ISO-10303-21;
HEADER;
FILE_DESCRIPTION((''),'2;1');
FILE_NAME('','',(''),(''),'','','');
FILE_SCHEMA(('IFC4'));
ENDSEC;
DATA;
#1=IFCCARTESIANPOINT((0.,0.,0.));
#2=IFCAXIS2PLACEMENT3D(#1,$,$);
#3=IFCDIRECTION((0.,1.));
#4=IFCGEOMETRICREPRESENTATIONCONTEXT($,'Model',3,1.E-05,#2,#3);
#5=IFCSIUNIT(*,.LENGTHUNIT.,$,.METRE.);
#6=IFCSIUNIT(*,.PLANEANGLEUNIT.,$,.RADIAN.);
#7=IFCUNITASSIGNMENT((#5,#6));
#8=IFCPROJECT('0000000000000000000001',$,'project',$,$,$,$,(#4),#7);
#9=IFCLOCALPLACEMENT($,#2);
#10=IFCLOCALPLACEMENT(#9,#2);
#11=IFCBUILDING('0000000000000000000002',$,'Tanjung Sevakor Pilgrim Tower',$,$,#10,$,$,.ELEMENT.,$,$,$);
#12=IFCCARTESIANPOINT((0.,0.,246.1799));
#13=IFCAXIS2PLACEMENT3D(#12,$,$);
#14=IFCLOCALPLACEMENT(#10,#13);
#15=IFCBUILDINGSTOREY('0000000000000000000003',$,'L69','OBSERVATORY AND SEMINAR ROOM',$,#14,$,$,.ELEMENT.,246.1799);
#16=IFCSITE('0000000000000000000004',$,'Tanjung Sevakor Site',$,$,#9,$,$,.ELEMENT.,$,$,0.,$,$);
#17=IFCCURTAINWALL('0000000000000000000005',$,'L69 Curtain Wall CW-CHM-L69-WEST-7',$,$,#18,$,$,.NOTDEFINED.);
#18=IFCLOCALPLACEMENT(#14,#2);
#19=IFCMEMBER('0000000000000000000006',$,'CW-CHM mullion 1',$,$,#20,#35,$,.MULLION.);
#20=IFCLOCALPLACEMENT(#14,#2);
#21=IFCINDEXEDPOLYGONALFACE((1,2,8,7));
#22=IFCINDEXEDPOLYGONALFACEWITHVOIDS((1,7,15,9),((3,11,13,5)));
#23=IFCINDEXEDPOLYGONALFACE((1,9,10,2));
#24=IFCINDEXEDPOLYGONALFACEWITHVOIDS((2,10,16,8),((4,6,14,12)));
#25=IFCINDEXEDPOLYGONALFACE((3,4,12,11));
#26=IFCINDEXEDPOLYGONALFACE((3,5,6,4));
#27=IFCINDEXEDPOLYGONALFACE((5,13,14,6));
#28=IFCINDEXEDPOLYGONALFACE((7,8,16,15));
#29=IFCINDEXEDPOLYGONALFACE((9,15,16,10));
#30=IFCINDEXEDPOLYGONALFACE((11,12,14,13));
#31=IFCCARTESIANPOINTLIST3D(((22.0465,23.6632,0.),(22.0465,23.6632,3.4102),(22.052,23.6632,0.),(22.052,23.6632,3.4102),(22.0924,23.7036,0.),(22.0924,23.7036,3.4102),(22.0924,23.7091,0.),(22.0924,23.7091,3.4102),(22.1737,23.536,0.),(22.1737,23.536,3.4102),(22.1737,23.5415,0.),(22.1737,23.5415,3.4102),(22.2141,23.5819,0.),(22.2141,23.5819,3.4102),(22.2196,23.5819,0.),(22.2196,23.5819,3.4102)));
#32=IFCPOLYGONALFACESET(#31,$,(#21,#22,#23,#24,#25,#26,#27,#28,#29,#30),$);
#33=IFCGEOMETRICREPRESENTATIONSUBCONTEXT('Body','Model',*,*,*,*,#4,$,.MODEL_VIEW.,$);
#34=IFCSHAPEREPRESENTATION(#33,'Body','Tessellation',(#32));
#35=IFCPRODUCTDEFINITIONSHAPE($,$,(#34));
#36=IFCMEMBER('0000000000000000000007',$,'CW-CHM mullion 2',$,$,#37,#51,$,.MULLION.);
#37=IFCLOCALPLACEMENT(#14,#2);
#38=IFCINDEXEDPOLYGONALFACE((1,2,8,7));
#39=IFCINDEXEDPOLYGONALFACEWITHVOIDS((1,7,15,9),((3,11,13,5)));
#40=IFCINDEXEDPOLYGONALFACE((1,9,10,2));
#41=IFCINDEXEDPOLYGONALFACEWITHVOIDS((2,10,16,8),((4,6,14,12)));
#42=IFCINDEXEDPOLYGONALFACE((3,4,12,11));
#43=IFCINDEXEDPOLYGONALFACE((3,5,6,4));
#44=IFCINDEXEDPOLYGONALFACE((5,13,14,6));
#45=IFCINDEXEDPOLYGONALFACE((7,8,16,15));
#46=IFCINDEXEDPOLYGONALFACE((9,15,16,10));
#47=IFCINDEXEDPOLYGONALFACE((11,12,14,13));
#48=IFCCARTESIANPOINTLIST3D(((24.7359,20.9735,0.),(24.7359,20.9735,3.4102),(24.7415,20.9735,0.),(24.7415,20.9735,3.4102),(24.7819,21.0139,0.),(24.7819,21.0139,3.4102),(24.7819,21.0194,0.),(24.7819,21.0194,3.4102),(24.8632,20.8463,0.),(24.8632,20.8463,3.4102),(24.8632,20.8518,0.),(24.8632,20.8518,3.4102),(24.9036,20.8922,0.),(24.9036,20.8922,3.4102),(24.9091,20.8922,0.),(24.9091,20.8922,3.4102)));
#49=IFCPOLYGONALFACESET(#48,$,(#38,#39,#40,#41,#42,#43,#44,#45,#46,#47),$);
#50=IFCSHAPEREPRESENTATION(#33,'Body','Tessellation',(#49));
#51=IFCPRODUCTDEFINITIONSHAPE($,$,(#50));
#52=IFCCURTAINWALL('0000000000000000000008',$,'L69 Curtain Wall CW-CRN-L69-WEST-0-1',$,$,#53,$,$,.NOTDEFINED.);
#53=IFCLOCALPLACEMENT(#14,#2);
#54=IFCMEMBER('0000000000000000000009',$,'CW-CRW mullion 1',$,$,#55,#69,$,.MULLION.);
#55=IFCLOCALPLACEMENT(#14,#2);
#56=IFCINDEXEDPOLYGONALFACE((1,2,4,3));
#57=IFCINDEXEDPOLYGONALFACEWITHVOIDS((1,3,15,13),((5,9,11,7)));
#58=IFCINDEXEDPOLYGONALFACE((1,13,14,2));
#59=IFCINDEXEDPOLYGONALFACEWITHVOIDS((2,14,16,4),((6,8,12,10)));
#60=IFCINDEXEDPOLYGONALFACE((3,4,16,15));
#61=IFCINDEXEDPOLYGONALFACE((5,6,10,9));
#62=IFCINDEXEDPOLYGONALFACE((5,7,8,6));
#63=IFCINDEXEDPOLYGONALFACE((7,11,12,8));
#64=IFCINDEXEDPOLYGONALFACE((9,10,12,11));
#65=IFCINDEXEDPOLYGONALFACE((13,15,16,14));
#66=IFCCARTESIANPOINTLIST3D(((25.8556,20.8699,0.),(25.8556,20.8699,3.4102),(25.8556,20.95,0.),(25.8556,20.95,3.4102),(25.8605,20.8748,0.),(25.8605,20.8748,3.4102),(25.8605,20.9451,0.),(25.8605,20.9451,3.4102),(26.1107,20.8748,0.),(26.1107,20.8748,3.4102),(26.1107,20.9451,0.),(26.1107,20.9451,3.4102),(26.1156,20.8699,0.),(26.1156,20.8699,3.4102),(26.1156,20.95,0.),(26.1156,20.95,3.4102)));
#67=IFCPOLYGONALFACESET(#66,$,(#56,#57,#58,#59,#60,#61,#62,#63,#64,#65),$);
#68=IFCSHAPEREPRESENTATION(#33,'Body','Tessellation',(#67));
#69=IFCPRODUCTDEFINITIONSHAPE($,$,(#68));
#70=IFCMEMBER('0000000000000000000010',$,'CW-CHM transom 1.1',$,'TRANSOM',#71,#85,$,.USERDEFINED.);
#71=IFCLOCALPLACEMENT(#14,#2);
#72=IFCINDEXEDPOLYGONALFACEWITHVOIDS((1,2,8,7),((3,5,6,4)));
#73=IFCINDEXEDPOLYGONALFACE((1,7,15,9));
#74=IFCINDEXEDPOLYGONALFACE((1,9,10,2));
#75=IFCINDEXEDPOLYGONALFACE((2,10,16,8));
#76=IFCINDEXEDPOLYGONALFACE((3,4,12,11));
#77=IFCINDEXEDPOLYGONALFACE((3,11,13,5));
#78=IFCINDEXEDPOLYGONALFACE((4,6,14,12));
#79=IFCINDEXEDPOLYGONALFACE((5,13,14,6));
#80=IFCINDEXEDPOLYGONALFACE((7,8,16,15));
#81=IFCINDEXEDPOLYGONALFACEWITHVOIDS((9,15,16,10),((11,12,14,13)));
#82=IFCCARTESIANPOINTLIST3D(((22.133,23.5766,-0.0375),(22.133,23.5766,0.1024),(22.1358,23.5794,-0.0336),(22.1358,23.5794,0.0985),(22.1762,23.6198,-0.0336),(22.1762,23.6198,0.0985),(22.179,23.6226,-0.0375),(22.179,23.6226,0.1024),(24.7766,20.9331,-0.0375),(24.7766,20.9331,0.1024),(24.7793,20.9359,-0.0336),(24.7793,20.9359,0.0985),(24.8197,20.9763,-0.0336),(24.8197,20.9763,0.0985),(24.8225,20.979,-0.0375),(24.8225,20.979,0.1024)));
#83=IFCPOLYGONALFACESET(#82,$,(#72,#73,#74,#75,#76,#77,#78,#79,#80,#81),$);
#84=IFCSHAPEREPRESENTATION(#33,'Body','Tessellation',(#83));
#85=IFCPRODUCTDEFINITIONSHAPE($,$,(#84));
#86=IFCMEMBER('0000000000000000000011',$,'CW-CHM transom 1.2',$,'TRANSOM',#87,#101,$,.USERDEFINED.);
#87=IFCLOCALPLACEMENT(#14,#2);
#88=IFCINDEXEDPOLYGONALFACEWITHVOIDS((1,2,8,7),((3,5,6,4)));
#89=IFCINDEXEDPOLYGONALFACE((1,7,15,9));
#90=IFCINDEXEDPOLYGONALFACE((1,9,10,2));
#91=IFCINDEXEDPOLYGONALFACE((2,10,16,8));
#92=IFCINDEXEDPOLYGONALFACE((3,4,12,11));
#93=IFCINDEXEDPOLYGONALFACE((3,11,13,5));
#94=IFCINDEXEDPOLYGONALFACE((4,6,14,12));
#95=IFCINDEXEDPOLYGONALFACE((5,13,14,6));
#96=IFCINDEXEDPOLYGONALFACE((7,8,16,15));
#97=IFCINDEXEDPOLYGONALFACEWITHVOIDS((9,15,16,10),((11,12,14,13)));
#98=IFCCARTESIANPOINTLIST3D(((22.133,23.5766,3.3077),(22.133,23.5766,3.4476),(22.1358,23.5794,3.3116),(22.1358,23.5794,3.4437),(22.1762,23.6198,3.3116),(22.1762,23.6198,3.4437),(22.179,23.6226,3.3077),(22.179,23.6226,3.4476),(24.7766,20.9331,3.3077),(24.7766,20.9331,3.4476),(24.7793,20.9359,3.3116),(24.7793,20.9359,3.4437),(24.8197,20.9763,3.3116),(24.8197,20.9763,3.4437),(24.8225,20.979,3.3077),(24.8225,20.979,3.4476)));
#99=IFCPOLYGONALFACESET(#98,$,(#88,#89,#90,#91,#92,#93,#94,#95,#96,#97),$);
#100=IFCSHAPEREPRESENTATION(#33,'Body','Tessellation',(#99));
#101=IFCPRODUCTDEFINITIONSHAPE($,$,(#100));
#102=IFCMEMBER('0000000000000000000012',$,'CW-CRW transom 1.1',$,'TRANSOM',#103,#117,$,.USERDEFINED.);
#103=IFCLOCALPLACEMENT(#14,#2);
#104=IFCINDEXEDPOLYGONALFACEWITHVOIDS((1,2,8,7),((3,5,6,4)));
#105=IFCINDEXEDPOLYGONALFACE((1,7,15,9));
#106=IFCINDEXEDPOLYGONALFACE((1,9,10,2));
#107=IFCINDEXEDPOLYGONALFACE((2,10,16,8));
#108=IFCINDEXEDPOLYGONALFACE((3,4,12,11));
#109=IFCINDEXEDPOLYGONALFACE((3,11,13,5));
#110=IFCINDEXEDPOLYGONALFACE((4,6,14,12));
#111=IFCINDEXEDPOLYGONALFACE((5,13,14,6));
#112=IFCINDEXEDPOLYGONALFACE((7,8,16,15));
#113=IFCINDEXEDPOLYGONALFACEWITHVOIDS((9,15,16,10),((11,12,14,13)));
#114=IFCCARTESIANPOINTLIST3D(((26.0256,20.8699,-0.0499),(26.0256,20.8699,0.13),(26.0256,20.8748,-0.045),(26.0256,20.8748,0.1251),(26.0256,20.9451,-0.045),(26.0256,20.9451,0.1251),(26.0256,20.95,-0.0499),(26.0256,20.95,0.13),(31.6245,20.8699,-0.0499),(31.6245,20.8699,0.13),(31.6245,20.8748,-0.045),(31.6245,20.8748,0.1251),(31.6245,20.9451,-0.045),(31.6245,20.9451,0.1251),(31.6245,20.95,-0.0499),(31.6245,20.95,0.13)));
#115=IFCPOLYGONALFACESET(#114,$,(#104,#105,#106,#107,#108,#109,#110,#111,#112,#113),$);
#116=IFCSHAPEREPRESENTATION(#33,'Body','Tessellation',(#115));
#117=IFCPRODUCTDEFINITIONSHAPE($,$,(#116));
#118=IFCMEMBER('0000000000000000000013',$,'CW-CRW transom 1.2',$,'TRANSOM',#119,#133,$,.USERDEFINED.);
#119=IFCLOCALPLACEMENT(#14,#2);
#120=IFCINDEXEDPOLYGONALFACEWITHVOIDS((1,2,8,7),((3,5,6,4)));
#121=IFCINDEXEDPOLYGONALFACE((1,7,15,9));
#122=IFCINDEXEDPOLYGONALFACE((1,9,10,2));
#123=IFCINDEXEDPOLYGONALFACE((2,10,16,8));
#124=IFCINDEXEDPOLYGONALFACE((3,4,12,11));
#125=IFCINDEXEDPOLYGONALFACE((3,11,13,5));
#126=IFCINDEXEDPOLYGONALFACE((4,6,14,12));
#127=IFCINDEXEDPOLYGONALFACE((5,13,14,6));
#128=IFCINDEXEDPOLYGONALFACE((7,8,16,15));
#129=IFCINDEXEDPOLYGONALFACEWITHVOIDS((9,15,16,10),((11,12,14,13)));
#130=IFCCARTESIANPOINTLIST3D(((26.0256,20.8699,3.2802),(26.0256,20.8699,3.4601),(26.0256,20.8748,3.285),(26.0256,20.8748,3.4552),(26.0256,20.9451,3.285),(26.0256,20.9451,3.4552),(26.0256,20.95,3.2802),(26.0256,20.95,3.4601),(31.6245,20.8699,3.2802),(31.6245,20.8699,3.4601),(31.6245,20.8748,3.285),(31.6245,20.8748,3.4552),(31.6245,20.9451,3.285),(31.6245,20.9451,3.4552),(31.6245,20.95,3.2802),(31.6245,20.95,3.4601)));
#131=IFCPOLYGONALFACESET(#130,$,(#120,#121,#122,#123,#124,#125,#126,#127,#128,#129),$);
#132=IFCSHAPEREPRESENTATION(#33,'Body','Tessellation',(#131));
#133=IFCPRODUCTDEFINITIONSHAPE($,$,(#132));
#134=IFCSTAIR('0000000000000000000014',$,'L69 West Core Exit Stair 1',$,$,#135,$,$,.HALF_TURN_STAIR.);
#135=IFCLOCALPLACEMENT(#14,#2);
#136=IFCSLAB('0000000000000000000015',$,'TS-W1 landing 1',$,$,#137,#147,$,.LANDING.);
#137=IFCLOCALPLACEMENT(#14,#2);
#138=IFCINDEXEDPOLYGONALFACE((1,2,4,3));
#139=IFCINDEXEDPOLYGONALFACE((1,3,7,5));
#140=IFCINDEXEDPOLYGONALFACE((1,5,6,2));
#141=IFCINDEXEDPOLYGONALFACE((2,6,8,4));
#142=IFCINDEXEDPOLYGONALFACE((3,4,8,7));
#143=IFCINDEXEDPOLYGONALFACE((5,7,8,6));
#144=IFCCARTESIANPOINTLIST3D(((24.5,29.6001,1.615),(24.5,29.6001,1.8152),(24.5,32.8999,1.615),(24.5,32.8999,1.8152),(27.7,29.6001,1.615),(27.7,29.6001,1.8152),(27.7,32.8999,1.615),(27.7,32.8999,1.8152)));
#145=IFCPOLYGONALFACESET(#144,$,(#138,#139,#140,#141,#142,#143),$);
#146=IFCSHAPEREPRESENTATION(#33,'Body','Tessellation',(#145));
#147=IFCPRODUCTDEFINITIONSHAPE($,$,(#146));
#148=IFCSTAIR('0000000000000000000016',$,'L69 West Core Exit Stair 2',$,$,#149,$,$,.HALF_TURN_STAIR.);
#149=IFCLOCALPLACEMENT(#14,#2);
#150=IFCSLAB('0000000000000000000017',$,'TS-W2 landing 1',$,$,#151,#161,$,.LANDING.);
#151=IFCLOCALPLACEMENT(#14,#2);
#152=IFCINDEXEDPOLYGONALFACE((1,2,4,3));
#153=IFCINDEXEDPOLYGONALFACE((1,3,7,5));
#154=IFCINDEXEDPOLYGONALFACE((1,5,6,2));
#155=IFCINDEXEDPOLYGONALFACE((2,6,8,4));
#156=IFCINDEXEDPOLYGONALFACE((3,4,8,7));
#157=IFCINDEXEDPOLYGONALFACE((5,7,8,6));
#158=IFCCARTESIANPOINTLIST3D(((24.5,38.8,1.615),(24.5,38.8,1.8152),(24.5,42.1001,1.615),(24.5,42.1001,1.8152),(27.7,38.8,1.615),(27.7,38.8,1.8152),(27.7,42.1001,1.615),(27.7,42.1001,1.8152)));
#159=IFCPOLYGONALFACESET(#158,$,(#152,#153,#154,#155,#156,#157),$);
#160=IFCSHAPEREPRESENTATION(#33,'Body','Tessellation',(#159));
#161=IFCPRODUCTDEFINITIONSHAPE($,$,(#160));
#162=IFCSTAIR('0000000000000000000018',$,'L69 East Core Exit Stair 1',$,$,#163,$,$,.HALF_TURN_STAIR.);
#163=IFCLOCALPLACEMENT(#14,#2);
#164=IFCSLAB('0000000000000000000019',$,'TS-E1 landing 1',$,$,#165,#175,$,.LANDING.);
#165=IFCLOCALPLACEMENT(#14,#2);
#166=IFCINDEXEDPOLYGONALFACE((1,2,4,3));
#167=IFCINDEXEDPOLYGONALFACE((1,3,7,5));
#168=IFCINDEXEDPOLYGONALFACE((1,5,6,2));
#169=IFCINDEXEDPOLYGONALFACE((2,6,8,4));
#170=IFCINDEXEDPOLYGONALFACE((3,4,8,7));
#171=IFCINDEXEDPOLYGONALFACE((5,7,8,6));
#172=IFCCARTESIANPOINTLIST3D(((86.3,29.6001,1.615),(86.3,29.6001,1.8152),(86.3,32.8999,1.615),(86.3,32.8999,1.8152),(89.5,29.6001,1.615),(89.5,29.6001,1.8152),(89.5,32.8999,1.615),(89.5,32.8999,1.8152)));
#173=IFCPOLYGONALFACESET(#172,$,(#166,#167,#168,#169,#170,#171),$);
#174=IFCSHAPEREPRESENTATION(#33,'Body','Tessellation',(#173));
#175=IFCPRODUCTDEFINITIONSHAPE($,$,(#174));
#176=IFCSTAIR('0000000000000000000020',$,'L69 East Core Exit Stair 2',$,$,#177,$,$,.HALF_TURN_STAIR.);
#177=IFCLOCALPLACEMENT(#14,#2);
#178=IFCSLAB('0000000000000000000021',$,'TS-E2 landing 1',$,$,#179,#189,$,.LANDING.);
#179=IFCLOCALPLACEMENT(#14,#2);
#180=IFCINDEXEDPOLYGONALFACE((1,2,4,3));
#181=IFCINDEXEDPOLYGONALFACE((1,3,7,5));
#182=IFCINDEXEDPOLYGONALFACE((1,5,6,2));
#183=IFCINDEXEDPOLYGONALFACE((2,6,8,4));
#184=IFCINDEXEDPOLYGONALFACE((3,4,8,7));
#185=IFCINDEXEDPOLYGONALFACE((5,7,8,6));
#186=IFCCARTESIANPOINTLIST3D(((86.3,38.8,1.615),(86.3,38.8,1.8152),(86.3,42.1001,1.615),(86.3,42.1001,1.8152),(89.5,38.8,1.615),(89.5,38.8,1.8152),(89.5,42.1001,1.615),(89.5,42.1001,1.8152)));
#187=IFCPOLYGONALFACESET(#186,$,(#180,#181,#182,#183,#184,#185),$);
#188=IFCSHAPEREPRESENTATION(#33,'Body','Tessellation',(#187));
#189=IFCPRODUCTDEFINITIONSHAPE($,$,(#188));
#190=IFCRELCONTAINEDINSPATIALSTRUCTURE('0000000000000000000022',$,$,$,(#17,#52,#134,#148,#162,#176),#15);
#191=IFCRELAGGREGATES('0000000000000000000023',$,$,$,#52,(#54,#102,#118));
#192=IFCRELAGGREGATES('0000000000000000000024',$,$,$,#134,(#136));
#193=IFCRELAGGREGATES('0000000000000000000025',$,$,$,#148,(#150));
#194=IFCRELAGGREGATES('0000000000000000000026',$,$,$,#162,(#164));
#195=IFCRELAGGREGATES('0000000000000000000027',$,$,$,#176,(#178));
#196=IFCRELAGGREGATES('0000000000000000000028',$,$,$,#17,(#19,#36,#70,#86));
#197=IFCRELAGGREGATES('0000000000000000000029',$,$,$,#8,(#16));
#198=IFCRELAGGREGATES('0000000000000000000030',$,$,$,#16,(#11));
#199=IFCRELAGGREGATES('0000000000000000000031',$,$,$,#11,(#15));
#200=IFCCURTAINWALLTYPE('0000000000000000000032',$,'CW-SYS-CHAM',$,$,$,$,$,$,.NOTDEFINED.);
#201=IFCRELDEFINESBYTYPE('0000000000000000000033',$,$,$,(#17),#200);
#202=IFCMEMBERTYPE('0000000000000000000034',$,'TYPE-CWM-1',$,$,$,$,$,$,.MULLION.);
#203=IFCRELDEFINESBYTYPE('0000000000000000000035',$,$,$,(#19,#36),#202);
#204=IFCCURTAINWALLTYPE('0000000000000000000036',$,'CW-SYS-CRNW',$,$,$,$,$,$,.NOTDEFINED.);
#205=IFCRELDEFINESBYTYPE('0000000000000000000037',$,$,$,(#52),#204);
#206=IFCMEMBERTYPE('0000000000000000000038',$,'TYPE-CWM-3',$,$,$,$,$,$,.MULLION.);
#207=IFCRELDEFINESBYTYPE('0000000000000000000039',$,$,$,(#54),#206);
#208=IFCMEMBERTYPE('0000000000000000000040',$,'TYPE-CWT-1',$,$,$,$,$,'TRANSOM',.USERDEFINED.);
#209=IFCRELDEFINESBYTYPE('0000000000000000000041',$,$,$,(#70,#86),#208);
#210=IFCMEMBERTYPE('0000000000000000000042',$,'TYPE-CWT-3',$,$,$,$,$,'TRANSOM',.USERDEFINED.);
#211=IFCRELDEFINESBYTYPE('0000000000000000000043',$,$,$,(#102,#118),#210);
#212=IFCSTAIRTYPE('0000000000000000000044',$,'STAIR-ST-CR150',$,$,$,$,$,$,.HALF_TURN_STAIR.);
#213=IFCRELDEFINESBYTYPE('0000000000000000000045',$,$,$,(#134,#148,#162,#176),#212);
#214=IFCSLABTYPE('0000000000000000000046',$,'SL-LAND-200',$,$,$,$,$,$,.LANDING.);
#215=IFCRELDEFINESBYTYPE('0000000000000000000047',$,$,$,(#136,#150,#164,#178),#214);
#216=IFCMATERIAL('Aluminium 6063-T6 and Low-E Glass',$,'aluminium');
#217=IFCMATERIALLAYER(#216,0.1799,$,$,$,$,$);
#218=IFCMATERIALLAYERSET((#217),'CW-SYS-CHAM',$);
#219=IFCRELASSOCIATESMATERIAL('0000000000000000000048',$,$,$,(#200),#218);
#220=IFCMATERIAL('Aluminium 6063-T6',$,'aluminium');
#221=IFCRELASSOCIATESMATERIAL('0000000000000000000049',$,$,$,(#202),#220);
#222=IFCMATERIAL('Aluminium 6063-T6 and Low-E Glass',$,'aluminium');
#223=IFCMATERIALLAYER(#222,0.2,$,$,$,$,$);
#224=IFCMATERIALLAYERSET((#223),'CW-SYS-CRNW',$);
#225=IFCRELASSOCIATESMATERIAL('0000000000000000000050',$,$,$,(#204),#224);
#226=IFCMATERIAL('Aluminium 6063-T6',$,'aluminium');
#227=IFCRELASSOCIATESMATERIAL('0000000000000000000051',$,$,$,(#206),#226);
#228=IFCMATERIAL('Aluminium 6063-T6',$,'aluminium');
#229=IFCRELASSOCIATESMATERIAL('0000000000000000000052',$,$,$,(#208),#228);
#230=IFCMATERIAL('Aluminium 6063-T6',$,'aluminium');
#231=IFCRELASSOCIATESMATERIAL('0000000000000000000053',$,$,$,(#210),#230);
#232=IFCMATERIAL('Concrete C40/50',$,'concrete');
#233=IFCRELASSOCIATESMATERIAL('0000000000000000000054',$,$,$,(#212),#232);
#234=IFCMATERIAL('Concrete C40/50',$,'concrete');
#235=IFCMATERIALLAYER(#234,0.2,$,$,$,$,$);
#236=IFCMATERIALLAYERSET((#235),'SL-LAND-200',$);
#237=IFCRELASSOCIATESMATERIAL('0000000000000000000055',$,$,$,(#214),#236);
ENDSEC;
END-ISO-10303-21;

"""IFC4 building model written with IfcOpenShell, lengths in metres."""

from ifc_helpers import new_model, si_unit, direction, frame, origin, origin_2d, place, context, subcontext, project, spatial, polyline, hollow_rectangle, outline, extrude, material, layer, layer_set, material_profile, profile_set, type_object, element, aggregate, save


model = new_model("IFC4")

# Units and contexts
model_context = context("Model", 3, precision=1e-05, world=origin(), true_north=direction((0.0, 1.0)))
body_context = subcontext(model_context, "Body", "Model", "MODEL_VIEW")
ifc_project = project(units=[si_unit("LENGTHUNIT", "METRE"), si_unit("PLANEANGLEUNIT", "RADIAN")], contexts=[model_context])

# Site, building, storey
site_placement = place(None, origin())
site = spatial("IfcSite", under=ifc_project, at=site_placement, Name="Tanjung Sevakor Site", CompositionType="ELEMENT", RefElevation=0.0)
building_placement = place(site_placement, origin())
building = spatial("IfcBuilding", under=site, at=building_placement, Name="Tanjung Sevakor Pilgrim Tower", CompositionType="ELEMENT")
storey_placement = place(building_placement, frame((0.0, 0.0, 246.1799)))
storey = spatial("IfcBuildingStorey", under=building, at=storey_placement, Name="L69", Description="OBSERVATORY AND SEMINAR ROOM", CompositionType="ELEMENT", Elevation=246.1799)

# Curtain wall, members
ifc_material_1 = material(Name="Aluminium 6063-T6 and Low-E Glass", Category="aluminium")
ifc_layer_1 = layer(ifc_material_1, 0.1799)
ifc_layer_set_1 = layer_set([ifc_layer_1], Name="CW-SYS-CHAM")
curtain_wall_type_1 = type_object("IfcCurtainWallType", Name="CW-SYS-CHAM", PredefinedType="NOTDEFINED", material=ifc_layer_set_1)
curtain_wall_1_placement = place(storey_placement, origin())
curtain_wall_1 = element("IfcCurtainWall", 1, at=curtain_wall_1_placement, inside=storey, type_object=curtain_wall_type_1, Name="L69 Curtain Wall CW-CHM-L69-WEST-7", PredefinedType="NOTDEFINED")
ifc_material_2 = material(Name="Aluminium 6063-T6", Category="aluminium")
ifc_material_profile_1 = material_profile(ifc_material_2, hollow_rectangle(XDim=0.0649, YDim=0.1799, WallThickness=0.0039, at=origin_2d()))
ifc_profile_set_1 = profile_set([ifc_material_profile_1], Name="Aluminium 6063-T6")
member_type_1 = type_object("IfcMemberType", Name="TYPE-CWM-1", PredefinedType="MULLION", material=ifc_profile_set_1)
member_1_placement = place(storey_placement, frame((22.1331, 23.6226, 0.0), z_axis=(0.0, 0.0, 1.0), x_axis=(0.707107, 0.707107, 0.0)))
member_1 = element("IfcMember", 2, at=member_1_placement, type_object=member_type_1, Name="CW-CHM mullion 1", PredefinedType="MULLION", context=body_context, shape_type="SweptSolid", body=[
    extrude(hollow_rectangle(XDim=0.0649, YDim=0.1799, WallThickness=0.0039, at=origin_2d()), origin(), (0.0, 0.0, 1.0), 3.4102),
])
member_2_placement = place(storey_placement, frame((24.8225, 20.9329, 0.0), z_axis=(0.0, 0.0, 1.0), x_axis=(0.707107, 0.707107, 0.0)))
member_2 = element("IfcMember", 3, at=member_2_placement, type_object=member_type_1, Name="CW-CHM mullion 2", PredefinedType="MULLION", context=body_context, shape_type="SweptSolid", body=[
    extrude(hollow_rectangle(XDim=0.0649, YDim=0.1799, WallThickness=0.0039, at=origin_2d()), origin(), (0.0, 0.0, 1.0), 3.4102),
])

# Curtain wall, member
ifc_material_3 = material(Name="Aluminium 6063-T6 and Low-E Glass", Category="aluminium")
ifc_layer_2 = layer(ifc_material_3, 0.2)
ifc_layer_set_2 = layer_set([ifc_layer_2], Name="CW-SYS-CRNW")
curtain_wall_type_2 = type_object("IfcCurtainWallType", Name="CW-SYS-CRNW", PredefinedType="NOTDEFINED", material=ifc_layer_set_2)
curtain_wall_2_placement = place(storey_placement, origin())
curtain_wall_2 = element("IfcCurtainWall", 4, at=curtain_wall_2_placement, inside=storey, type_object=curtain_wall_type_2, Name="L69 Curtain Wall CW-CRN-L69-WEST-0-1", PredefinedType="NOTDEFINED")
ifc_material_4 = material(Name="Aluminium 6063-T6", Category="aluminium")
ifc_material_profile_2 = material_profile(ifc_material_4, hollow_rectangle(XDim=0.0801, YDim=0.26, WallThickness=0.0049, at=origin_2d()))
ifc_profile_set_2 = profile_set([ifc_material_profile_2], Name="Aluminium 6063-T6")
member_type_2 = type_object("IfcMemberType", Name="TYPE-CWM-3", PredefinedType="MULLION", material=ifc_profile_set_2)
member_3_placement = place(storey_placement, frame((25.9856, 20.9099, 0.0), z_axis=(0.0, 0.0, 1.0), x_axis=(0.0, 1.0, 0.0)))
member_3 = element("IfcMember", 5, at=member_3_placement, type_object=member_type_2, Name="CW-CRW mullion 1", PredefinedType="MULLION", context=body_context, shape_type="SweptSolid", body=[
    extrude(hollow_rectangle(XDim=0.0801, YDim=0.26, WallThickness=0.0049, at=origin_2d()), origin(), (0.0, 0.0, 1.0), 3.4102),
])

# Members
ifc_material_5 = material(Name="Aluminium 6063-T6", Category="aluminium")
ifc_material_profile_3 = material_profile(ifc_material_5, hollow_rectangle(XDim=0.0649, YDim=0.1399, WallThickness=0.0039, at=origin_2d()))
ifc_profile_set_3 = profile_set([ifc_material_profile_3], Name="Aluminium 6063-T6")
member_type_3 = type_object("IfcMemberType", Name="TYPE-CWT-1", ElementType="TRANSOM", PredefinedType="USERDEFINED", material=ifc_profile_set_3)
member_4_placement = place(storey_placement, frame((22.156, 23.5996, 0.0325), z_axis=(0.707107, -0.707107, 0.0), x_axis=(0.707107, 0.707107, 0.0)))
member_4 = element("IfcMember", 6, at=member_4_placement, type_object=member_type_3, Name="CW-CHM transom 1.1", ObjectType="TRANSOM", PredefinedType="USERDEFINED", context=body_context, shape_type="SweptSolid", body=[
    extrude(hollow_rectangle(XDim=0.0649, YDim=0.1399, WallThickness=0.0039, at=origin_2d()), origin(), (0.0, 0.0, 1.0), 3.7385),
])
member_5_placement = place(storey_placement, frame((22.156, 23.5996, 3.3777), z_axis=(0.707107, -0.707107, 0.0), x_axis=(0.707107, 0.707107, 0.0)))
member_5 = element("IfcMember", 7, at=member_5_placement, type_object=member_type_3, Name="CW-CHM transom 1.2", ObjectType="TRANSOM", PredefinedType="USERDEFINED", context=body_context, shape_type="SweptSolid", body=[
    extrude(hollow_rectangle(XDim=0.0649, YDim=0.1399, WallThickness=0.0039, at=origin_2d()), origin(), (0.0, 0.0, 1.0), 3.7385),
])
ifc_material_6 = material(Name="Aluminium 6063-T6", Category="aluminium")
ifc_material_profile_4 = material_profile(ifc_material_6, hollow_rectangle(XDim=0.0801, YDim=0.1799, WallThickness=0.0049, at=origin_2d()))
ifc_profile_set_4 = profile_set([ifc_material_profile_4], Name="Aluminium 6063-T6")
member_type_4 = type_object("IfcMemberType", Name="TYPE-CWT-3", ElementType="TRANSOM", PredefinedType="USERDEFINED", material=ifc_profile_set_4)
member_6_placement = place(storey_placement, frame((26.0256, 20.9099, 0.04), z_axis=(1.0, 0.0, 0.0), x_axis=(0.0, 1.0, 0.0)))
member_6 = element("IfcMember", 8, at=member_6_placement, type_object=member_type_4, Name="CW-CRW transom 1.1", ObjectType="TRANSOM", PredefinedType="USERDEFINED", context=body_context, shape_type="SweptSolid", body=[
    extrude(hollow_rectangle(XDim=0.0801, YDim=0.1799, WallThickness=0.0049, at=origin_2d()), origin(), (0.0, 0.0, 1.0), 5.5989),
])
member_7_placement = place(storey_placement, frame((26.0256, 20.9099, 3.3701), z_axis=(1.0, 0.0, 0.0), x_axis=(0.0, 1.0, 0.0)))
member_7 = element("IfcMember", 9, at=member_7_placement, type_object=member_type_4, Name="CW-CRW transom 1.2", ObjectType="TRANSOM", PredefinedType="USERDEFINED", context=body_context, shape_type="SweptSolid", body=[
    extrude(hollow_rectangle(XDim=0.0801, YDim=0.1799, WallThickness=0.0049, at=origin_2d()), origin(), (0.0, 0.0, 1.0), 5.5989),
])
aggregate(curtain_wall_2, [member_3, member_6, member_7])

# Stairs, slabs
ifc_material_7 = material(Name="Concrete C40/50", Category="concrete")
stair_type = type_object("IfcStairType", Name="STAIR-ST-CR150", PredefinedType="HALF_TURN_STAIR", material=ifc_material_7)
stair_1_placement = place(storey_placement, origin())
stair_1 = element("IfcStair", 10, at=stair_1_placement, inside=storey, type_object=stair_type, Name="L69 West Core Exit Stair 1", PredefinedType="HALF_TURN_STAIR")
ifc_material_8 = material(Name="Concrete C40/50", Category="concrete")
ifc_layer_3 = layer(ifc_material_8, 0.2)
ifc_layer_set_3 = layer_set([ifc_layer_3], Name="SL-LAND-200")
slab_type_1 = type_object("IfcSlabType", Name="SL-LAND-200", PredefinedType="LANDING", material=ifc_layer_set_3)
slab_1_placement = place(storey_placement, frame((0.0, 0.0, 1.615)))
slab_1 = element("IfcSlab", 11, at=slab_1_placement, type_object=slab_type_1, Name="TS-W1 landing 1", PredefinedType="LANDING", context=body_context, shape_type="SweptSolid", body=[
    extrude(outline(polyline([(27.7, 29.6001), (27.7, 32.8999), (24.5, 32.8999), (24.5, 29.6001), (27.7, 29.6001)])), origin(), (0.0, 0.0, 1.0), 0.2002),
])
aggregate(stair_1, [slab_1])
stair_2_placement = place(storey_placement, origin())
stair_2 = element("IfcStair", 12, at=stair_2_placement, inside=storey, type_object=stair_type, Name="L69 West Core Exit Stair 2", PredefinedType="HALF_TURN_STAIR")
slab_2_placement = place(storey_placement, frame((0.0, 0.0, 1.615)))
slab_2 = element("IfcSlab", 13, at=slab_2_placement, type_object=slab_type_1, Name="TS-W2 landing 1", PredefinedType="LANDING", context=body_context, shape_type="SweptSolid", body=[
    extrude(outline(polyline([(27.7, 38.8), (27.7, 42.1001), (24.5, 42.1001), (24.5, 38.8), (27.7, 38.8)])), origin(), (0.0, 0.0, 1.0), 0.2002),
])
aggregate(stair_2, [slab_2])
stair_3_placement = place(storey_placement, origin())
stair_3 = element("IfcStair", 14, at=stair_3_placement, inside=storey, type_object=stair_type, Name="L69 East Core Exit Stair 1", PredefinedType="HALF_TURN_STAIR")
slab_3_placement = place(storey_placement, frame((0.0, 0.0, 1.615)))
slab_3 = element("IfcSlab", 15, at=slab_3_placement, type_object=slab_type_1, Name="TS-E1 landing 1", PredefinedType="LANDING", context=body_context, shape_type="SweptSolid", body=[
    extrude(outline(polyline([(89.5, 29.6001), (89.5, 32.8999), (86.3, 32.8999), (86.3, 29.6001), (89.5, 29.6001)])), origin(), (0.0, 0.0, 1.0), 0.2002),
])
aggregate(stair_3, [slab_3])
stair_4_placement = place(storey_placement, origin())
stair_4 = element("IfcStair", 16, at=stair_4_placement, inside=storey, type_object=stair_type, Name="L69 East Core Exit Stair 2", PredefinedType="HALF_TURN_STAIR")
slab_4_placement = place(storey_placement, frame((0.0, 0.0, 1.615)))
slab_4 = element("IfcSlab", 17, at=slab_4_placement, type_object=slab_type_1, Name="TS-E2 landing 1", PredefinedType="LANDING", context=body_context, shape_type="SweptSolid", body=[
    extrude(outline(polyline([(89.5, 38.8), (89.5, 42.1001), (86.3, 42.1001), (86.3, 38.8), (89.5, 38.8)])), origin(), (0.0, 0.0, 1.0), 0.2002),
])
aggregate(stair_4, [slab_4])

aggregate(curtain_wall_1, [member_1, member_2, member_4, member_5])

save(model, "model.ifc")
